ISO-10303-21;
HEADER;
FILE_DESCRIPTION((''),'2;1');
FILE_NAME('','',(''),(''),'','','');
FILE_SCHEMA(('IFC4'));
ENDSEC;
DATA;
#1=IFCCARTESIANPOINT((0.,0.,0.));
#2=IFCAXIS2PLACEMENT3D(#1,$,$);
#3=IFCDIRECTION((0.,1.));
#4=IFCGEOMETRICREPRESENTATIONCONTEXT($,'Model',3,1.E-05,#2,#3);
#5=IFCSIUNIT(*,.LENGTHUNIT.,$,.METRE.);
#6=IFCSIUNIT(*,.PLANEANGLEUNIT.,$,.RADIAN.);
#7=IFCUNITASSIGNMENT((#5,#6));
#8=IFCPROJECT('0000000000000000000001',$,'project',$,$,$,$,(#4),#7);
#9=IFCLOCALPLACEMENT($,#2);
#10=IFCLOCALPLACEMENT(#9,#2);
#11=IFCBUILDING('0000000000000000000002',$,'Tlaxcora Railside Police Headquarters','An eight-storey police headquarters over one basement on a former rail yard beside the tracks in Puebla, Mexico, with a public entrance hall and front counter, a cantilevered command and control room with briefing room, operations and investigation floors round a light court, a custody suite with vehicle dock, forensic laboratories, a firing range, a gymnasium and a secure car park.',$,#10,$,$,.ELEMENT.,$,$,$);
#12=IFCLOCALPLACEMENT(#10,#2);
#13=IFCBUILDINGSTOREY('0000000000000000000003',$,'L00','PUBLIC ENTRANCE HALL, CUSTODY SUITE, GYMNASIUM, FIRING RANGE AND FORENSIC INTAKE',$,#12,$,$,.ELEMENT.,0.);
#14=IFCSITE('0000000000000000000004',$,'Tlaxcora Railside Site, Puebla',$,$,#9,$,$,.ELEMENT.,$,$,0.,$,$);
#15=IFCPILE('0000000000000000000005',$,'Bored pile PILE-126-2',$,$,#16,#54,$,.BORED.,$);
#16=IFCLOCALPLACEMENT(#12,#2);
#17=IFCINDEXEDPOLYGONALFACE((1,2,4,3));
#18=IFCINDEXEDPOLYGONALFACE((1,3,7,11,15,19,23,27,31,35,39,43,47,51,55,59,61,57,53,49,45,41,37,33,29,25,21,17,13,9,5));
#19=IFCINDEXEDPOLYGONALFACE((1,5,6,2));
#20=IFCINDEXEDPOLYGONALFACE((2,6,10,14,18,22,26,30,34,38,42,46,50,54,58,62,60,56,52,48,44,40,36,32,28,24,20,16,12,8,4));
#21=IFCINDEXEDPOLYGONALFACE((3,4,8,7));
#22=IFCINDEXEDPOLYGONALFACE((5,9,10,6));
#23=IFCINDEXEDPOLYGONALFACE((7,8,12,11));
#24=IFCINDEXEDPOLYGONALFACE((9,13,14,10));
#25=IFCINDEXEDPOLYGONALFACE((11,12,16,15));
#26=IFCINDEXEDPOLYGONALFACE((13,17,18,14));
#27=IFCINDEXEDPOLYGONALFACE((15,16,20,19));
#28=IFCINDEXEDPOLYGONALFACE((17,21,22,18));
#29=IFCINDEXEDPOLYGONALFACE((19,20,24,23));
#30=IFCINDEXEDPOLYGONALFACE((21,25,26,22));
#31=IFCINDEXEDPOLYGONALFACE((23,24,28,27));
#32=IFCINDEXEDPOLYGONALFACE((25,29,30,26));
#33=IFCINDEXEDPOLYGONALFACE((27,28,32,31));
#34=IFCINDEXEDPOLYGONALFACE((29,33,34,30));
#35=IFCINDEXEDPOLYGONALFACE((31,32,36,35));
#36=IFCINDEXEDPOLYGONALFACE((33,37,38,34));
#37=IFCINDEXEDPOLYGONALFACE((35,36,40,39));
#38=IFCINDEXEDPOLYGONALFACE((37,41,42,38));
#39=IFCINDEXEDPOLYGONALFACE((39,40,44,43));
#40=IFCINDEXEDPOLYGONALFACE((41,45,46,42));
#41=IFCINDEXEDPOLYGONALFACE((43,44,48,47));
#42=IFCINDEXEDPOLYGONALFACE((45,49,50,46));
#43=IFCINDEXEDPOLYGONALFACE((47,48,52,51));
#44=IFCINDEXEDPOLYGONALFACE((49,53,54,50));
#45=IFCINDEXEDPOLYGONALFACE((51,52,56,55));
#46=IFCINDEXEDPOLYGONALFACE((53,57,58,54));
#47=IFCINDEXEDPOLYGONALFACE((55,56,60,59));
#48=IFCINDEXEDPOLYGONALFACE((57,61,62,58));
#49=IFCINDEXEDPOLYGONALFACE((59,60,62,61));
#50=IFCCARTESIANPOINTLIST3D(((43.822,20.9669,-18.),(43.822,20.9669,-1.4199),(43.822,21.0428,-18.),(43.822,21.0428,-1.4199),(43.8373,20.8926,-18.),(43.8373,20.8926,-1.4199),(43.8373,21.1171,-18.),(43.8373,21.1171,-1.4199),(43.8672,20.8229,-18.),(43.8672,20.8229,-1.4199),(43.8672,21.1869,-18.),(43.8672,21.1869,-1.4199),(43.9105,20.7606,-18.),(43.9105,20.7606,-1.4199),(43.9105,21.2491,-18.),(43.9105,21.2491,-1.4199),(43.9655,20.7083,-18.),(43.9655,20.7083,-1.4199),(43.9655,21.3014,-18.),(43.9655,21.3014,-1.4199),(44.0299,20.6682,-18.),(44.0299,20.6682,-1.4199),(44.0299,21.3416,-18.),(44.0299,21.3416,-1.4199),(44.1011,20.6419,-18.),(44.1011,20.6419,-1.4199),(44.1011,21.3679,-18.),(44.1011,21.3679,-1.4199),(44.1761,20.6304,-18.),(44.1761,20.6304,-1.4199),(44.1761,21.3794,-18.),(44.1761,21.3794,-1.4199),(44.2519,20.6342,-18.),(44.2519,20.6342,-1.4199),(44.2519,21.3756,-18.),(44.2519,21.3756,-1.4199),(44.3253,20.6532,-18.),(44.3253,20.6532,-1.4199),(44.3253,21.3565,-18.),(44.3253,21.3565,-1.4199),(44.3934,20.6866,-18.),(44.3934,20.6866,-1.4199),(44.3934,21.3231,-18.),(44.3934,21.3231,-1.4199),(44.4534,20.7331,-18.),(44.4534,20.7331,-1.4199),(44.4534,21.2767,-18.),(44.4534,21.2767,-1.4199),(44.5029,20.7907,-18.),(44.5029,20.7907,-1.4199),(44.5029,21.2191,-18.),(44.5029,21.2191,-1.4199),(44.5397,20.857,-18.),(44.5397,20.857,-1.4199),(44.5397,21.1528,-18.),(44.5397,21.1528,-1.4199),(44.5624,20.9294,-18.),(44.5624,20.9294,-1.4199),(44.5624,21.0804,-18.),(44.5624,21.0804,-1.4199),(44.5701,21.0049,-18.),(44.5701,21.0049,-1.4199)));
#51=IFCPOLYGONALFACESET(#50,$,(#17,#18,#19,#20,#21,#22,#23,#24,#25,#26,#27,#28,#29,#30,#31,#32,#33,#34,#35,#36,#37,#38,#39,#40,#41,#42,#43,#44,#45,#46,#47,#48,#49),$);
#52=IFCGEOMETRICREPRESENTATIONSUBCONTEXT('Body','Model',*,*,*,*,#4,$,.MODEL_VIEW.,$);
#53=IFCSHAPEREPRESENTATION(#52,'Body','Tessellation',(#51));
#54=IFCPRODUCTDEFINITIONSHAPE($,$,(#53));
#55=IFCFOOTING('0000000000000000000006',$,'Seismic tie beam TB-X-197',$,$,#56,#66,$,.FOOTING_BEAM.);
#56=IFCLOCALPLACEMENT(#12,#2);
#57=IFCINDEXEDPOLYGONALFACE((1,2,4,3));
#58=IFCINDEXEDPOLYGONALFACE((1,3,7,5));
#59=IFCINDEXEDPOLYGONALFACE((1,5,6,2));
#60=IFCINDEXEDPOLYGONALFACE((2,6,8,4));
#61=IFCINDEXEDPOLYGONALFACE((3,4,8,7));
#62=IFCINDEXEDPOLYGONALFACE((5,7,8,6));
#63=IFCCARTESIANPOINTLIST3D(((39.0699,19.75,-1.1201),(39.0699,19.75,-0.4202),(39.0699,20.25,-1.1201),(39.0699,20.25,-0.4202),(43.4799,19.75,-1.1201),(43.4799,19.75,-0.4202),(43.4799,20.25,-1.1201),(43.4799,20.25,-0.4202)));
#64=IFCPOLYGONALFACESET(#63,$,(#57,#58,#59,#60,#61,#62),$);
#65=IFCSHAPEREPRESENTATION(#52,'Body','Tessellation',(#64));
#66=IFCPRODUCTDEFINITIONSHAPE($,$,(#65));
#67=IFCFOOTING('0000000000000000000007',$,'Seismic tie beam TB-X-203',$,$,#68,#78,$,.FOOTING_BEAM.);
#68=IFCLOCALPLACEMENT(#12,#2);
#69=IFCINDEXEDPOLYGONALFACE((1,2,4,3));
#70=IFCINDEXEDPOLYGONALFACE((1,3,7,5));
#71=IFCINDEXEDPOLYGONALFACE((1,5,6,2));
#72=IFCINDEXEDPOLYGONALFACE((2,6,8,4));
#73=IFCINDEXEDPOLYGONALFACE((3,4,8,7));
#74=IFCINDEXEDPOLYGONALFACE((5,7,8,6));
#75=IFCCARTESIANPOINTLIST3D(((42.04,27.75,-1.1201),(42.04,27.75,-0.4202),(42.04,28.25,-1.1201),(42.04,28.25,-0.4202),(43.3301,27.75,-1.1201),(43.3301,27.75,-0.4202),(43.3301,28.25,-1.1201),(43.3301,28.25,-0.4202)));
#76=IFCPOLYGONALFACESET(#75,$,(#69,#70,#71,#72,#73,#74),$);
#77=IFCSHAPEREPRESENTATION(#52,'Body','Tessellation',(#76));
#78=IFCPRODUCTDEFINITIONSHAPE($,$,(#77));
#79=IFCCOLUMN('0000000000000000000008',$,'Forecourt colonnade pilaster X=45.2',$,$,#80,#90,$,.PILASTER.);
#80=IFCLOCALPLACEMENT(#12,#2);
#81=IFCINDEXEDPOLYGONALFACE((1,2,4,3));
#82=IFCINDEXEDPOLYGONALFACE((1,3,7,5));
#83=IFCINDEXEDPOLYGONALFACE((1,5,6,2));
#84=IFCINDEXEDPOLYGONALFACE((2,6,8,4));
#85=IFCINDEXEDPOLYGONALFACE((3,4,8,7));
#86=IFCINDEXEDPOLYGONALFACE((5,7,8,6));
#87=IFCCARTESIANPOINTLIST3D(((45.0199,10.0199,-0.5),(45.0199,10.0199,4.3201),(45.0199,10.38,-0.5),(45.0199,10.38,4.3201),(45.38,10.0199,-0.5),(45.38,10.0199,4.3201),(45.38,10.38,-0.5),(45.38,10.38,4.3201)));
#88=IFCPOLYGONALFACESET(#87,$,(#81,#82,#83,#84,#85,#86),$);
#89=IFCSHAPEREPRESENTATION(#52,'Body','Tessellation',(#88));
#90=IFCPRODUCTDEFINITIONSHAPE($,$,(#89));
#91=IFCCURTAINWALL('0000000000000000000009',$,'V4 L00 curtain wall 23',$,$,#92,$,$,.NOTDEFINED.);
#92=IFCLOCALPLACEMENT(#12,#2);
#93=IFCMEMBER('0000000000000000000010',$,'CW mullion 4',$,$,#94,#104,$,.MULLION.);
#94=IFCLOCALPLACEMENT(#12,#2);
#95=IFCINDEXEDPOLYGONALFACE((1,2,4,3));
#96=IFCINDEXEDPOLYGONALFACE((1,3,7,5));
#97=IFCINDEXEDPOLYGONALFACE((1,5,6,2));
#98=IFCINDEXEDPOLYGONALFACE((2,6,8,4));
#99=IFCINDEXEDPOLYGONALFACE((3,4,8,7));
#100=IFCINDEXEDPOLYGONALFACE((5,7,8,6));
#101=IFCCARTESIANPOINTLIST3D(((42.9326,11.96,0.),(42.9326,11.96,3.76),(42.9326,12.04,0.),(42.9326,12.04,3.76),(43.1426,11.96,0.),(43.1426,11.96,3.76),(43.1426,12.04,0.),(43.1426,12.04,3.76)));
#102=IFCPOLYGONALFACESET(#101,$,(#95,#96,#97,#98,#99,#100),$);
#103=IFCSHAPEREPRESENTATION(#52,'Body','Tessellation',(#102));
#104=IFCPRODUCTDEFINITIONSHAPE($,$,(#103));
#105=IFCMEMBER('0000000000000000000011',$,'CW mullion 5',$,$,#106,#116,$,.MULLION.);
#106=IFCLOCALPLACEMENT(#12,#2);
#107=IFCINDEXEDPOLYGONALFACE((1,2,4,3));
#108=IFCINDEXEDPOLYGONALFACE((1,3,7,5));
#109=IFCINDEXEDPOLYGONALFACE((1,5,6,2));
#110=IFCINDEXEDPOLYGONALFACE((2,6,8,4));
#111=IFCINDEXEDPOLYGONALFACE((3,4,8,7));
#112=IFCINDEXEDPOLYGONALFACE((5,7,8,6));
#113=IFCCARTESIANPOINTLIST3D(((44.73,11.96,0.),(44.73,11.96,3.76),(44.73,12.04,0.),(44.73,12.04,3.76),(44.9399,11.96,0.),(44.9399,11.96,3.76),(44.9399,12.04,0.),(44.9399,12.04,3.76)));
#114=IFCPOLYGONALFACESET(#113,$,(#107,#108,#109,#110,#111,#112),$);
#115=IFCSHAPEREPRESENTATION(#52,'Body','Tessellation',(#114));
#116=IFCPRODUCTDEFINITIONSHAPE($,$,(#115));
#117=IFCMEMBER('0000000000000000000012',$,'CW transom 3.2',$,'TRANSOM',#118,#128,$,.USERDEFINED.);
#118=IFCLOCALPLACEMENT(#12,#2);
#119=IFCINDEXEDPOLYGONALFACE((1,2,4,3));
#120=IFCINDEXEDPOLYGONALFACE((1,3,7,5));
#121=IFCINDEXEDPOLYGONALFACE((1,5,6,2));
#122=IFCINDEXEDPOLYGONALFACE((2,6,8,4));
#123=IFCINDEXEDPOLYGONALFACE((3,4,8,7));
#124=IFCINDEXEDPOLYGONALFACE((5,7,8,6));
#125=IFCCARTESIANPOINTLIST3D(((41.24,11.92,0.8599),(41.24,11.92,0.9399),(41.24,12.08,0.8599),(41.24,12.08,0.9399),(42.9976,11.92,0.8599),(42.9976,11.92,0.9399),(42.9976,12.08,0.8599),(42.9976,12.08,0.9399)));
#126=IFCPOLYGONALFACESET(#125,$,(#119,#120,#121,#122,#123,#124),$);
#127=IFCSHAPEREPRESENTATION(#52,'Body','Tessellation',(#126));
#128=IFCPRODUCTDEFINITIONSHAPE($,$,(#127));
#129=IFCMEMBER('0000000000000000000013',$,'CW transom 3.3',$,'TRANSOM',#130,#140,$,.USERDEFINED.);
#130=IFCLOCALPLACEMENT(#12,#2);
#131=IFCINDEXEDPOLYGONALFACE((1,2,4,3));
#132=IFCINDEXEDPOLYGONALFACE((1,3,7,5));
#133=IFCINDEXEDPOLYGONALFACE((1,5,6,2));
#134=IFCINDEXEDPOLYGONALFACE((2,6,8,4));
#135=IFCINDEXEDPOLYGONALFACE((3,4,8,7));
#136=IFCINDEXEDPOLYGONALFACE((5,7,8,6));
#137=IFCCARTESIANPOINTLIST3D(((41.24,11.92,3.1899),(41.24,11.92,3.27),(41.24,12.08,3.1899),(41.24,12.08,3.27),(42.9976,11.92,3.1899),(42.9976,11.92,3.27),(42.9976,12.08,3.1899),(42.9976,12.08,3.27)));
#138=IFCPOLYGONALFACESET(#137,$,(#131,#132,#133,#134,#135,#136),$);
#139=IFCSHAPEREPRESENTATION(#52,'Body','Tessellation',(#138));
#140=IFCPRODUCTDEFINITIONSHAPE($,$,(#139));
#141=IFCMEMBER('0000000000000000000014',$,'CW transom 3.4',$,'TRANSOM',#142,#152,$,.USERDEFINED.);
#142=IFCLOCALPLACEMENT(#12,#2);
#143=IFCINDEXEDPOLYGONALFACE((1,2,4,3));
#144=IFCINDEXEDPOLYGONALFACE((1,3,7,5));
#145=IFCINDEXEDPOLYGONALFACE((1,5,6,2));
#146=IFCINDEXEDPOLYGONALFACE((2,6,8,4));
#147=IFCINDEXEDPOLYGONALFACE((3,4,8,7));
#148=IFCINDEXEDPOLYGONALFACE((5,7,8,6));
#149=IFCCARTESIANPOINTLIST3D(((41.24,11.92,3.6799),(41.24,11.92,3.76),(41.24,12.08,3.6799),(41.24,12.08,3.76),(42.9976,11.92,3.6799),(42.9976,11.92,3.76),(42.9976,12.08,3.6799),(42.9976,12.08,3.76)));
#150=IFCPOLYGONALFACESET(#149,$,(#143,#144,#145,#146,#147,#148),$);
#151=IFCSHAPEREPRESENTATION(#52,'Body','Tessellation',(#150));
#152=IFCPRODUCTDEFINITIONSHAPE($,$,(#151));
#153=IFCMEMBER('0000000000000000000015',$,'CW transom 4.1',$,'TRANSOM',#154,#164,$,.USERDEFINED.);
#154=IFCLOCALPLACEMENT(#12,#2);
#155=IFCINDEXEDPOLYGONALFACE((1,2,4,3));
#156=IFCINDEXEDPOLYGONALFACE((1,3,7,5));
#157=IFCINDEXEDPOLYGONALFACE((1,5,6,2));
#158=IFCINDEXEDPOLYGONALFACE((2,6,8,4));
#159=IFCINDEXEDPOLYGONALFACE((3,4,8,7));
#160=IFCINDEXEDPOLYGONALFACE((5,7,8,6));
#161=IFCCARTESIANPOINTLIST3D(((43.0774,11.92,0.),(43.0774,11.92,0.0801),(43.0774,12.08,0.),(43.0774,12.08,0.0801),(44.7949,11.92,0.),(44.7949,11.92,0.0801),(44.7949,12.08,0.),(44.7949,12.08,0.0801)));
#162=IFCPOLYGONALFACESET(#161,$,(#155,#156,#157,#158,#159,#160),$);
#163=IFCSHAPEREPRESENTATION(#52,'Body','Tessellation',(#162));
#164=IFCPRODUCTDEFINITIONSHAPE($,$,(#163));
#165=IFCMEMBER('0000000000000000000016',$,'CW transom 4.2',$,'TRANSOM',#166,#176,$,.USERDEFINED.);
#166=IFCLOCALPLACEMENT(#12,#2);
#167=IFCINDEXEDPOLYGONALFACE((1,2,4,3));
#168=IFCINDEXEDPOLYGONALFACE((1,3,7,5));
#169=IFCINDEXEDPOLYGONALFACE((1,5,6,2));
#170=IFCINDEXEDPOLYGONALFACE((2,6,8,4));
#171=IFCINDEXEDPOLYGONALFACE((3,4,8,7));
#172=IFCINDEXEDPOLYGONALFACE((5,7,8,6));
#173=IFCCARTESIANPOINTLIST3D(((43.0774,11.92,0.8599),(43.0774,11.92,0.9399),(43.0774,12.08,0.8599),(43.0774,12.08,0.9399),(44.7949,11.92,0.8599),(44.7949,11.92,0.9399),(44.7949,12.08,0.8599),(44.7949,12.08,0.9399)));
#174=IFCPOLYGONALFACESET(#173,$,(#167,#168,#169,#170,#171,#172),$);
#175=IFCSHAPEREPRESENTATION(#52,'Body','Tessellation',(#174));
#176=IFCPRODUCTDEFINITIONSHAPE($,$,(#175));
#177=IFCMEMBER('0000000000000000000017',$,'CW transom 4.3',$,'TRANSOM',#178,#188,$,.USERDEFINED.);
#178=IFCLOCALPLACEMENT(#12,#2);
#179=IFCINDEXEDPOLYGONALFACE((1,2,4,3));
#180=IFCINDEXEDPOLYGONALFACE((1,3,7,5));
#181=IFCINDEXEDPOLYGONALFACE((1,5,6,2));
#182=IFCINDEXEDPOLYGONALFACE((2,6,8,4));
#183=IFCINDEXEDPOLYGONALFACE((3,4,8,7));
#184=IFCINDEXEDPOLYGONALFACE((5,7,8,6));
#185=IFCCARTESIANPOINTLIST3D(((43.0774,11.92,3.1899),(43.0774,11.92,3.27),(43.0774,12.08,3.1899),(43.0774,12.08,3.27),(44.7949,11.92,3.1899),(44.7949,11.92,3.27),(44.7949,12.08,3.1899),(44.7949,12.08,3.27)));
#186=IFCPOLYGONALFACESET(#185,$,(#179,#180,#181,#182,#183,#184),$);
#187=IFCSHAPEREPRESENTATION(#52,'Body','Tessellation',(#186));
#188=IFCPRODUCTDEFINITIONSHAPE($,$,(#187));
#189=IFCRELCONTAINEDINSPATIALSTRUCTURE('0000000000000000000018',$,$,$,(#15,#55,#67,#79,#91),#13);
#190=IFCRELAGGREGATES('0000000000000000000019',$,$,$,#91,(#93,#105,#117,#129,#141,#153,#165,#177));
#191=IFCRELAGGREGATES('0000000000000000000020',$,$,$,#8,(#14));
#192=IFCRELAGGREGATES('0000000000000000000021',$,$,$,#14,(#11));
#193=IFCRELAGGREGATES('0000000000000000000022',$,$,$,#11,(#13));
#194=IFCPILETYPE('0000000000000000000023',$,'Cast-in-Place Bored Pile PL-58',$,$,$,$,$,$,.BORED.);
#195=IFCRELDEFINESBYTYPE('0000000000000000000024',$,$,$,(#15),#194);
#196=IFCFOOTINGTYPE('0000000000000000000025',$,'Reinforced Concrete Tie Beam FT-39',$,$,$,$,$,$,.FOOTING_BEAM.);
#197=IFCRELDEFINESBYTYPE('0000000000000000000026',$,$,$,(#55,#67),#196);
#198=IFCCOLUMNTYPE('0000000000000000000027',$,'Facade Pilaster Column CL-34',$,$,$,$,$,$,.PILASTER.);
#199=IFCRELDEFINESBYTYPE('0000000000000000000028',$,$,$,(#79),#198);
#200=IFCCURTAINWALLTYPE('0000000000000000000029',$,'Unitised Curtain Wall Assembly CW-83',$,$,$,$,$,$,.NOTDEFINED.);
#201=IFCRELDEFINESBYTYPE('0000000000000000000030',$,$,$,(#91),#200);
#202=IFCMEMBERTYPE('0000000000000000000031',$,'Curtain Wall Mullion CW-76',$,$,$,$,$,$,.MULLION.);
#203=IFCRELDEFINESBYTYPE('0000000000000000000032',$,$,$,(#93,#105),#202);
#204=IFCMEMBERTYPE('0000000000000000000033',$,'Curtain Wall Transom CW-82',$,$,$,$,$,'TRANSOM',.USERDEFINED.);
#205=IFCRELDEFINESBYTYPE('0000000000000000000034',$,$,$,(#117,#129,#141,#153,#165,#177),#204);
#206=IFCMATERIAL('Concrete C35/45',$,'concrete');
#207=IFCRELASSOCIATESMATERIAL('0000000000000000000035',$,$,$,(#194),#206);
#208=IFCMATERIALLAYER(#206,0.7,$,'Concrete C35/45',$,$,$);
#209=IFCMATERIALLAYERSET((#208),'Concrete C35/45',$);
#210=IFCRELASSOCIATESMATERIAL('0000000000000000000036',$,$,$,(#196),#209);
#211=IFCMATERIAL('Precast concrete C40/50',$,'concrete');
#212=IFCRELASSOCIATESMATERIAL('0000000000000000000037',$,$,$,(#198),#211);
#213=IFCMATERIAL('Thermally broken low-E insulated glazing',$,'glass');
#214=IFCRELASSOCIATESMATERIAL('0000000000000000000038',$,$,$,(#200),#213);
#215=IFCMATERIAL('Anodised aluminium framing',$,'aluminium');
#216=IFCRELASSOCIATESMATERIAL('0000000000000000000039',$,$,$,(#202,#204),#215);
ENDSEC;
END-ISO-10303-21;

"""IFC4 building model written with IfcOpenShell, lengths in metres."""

from ifc_helpers import new_model, si_unit, direction, frame, origin, origin_2d, place, context, subcontext, project, spatial, rectangle, circle, extrude, material, layer, layer_set, material_profile, profile_set, type_object, element, aggregate, save


model = new_model("IFC4")

# Units and contexts
model_context = context("Model", 3, precision=1e-05, world=origin(), true_north=direction((0.0, 1.0)))
body_context = subcontext(model_context, "Body", "Model", "MODEL_VIEW")
ifc_project = project(units=[si_unit("LENGTHUNIT", "METRE"), si_unit("PLANEANGLEUNIT", "RADIAN")], contexts=[model_context])

# Site, building, storey
site_placement = place(None, origin())
site = spatial("IfcSite", under=ifc_project, at=site_placement, Name="Tlaxcora Railside Site, Puebla", CompositionType="ELEMENT", RefElevation=0.0)
building_placement = place(site_placement, origin())
building = spatial("IfcBuilding", under=site, at=building_placement, Name="Tlaxcora Railside Police Headquarters", Description="An eight-storey police headquarters over one basement on a former rail yard beside the tracks in Puebla, Mexico, with a public entrance hall and front counter, a cantilevered command and control room with briefing room, operations and investigation floors round a light court, a custody suite with vehicle dock, forensic laboratories, a firing range, a gymnasium and a secure car park.", CompositionType="ELEMENT")
storey_placement = place(building_placement, origin())
storey = spatial("IfcBuildingStorey", under=building, at=storey_placement, Name="L00", Description="PUBLIC ENTRANCE HALL, CUSTODY SUITE, GYMNASIUM, FIRING RANGE AND FORENSIC INTAKE", CompositionType="ELEMENT", Elevation=0.0)

# Pile
ifc_material_1 = material(Name="Concrete C35/45", Category="concrete")
ifc_material_profile_1 = material_profile(ifc_material_1, circle(Radius=0.375, at=origin_2d()), Name="PILE750")
ifc_profile_set_1 = profile_set([ifc_material_profile_1], Name="Concrete C35/45")
pile_type_1 = type_object("IfcPileType", Name="Cast-in-Place Bored Pile PL-58", PredefinedType="BORED", material=ifc_profile_set_1)
for number, where, z_axis, x_axis, name in (
    (1, (44.1951, 21.0049, -1.4199), (0.0, 0.0, -1.0), (1.0, 0.0, 0.0), "Bored pile PILE-126-2"),
):
    element("IfcPile", number, at=place(storey_placement, frame(where, z_axis=z_axis, x_axis=x_axis)), inside=storey, type_object=pile_type_1, Name=name, PredefinedType="BORED", context=body_context, shape_type="SweptSolid", body=[
        extrude(circle(Radius=0.375, at=origin_2d()), origin(), (0.0, 0.0, 1.0), 16.5801),
    ])

# Footings
ifc_layer_1 = layer(ifc_material_1, 0.7, Name="Concrete C35/45")
ifc_layer_set_1 = layer_set([ifc_layer_1], Name="Concrete C35/45")
footing_type = type_object("IfcFootingType", Name="Reinforced Concrete Tie Beam FT-39", PredefinedType="FOOTING_BEAM", material=ifc_layer_set_1)
footing_1_placement = place(storey_placement, frame((41.2749, 20.0, -1.1201), z_axis=(0.0, 0.0, 1.0), x_axis=(1.0, 0.0, 0.0)))
element("IfcFooting", 2, at=footing_1_placement, inside=storey, type_object=footing_type, Name="Seismic tie beam TB-X-197", PredefinedType="FOOTING_BEAM", context=body_context, shape_type="SweptSolid", body=[
    extrude(rectangle(XDim=4.4099, YDim=0.5, at=origin_2d()), origin(), (0.0, 0.0, 1.0), 0.7),
])
footing_2_placement = place(storey_placement, frame((42.6851, 28.0, -1.1201), z_axis=(0.0, 0.0, 1.0), x_axis=(1.0, 0.0, 0.0)))
element("IfcFooting", 3, at=footing_2_placement, inside=storey, type_object=footing_type, Name="Seismic tie beam TB-X-203", PredefinedType="FOOTING_BEAM", context=body_context, shape_type="SweptSolid", body=[
    extrude(rectangle(XDim=1.29, YDim=0.5, at=origin_2d()), origin(), (0.0, 0.0, 1.0), 0.7),
])

# Column
ifc_material_2 = material(Name="Precast concrete C40/50", Category="concrete")
ifc_material_profile_2 = material_profile(ifc_material_2, rectangle(XDim=0.3601, YDim=0.3601, at=origin_2d()), Name="RC360X360")
ifc_profile_set_2 = profile_set([ifc_material_profile_2], Name="Precast concrete C40/50")
column_type = type_object("IfcColumnType", Name="Facade Pilaster Column CL-34", PredefinedType="PILASTER", material=ifc_profile_set_2)
column_placement = place(storey_placement, frame((45.2, 10.2, -0.5), z_axis=(0.0, 0.0, 1.0), x_axis=(1.0, 0.0, 0.0)))
element("IfcColumn", 4, at=column_placement, inside=storey, type_object=column_type, Name="Forecourt colonnade pilaster X=45.2", PredefinedType="PILASTER", context=body_context, shape_type="SweptSolid", body=[
    extrude(rectangle(XDim=0.3601, YDim=0.3601, at=origin_2d()), origin(), (0.0, 0.0, 1.0), 4.8201),
])

# Curtain wall, members
ifc_material_3 = material(Name="Thermally broken low-E insulated glazing", Category="glass")
curtain_wall_type = type_object("IfcCurtainWallType", Name="Unitised Curtain Wall Assembly CW-83", PredefinedType="NOTDEFINED", material=ifc_material_3)
curtain_wall_placement = place(storey_placement, origin())
curtain_wall = element("IfcCurtainWall", 5, at=curtain_wall_placement, inside=storey, type_object=curtain_wall_type, Name="V4 L00 curtain wall 23", PredefinedType="NOTDEFINED")
ifc_material_4 = material(Name="Anodised aluminium framing", Category="aluminium")
ifc_material_profile_3 = material_profile(ifc_material_4, rectangle(XDim=0.0801, YDim=0.21, at=origin_2d()), Name="AL80X210")
ifc_profile_set_3 = profile_set([ifc_material_profile_3], Name="Anodised aluminium framing")
member_type_1 = type_object("IfcMemberType", Name="Curtain Wall Mullion CW-76", PredefinedType="MULLION", material=ifc_profile_set_3)
member_1_placement = place(storey_placement, frame((43.0376, 12.0, 0.0), z_axis=(0.0, 0.0, 1.0), x_axis=(0.0, 1.0, 0.0)))
member_1 = element("IfcMember", 6, at=member_1_placement, type_object=member_type_1, Name="CW mullion 4", PredefinedType="MULLION", context=body_context, shape_type="SweptSolid", body=[
    extrude(rectangle(XDim=0.0801, YDim=0.21, at=origin_2d()), origin(), (0.0, 0.0, 1.0), 3.76),
])
member_2_placement = place(storey_placement, frame((44.835, 12.0, 0.0), z_axis=(0.0, 0.0, 1.0), x_axis=(0.0, 1.0, 0.0)))
member_2 = element("IfcMember", 7, at=member_2_placement, type_object=member_type_1, Name="CW mullion 5", PredefinedType="MULLION", context=body_context, shape_type="SweptSolid", body=[
    extrude(rectangle(XDim=0.0801, YDim=0.21, at=origin_2d()), origin(), (0.0, 0.0, 1.0), 3.76),
])
ifc_material_profile_4 = material_profile(ifc_material_4, rectangle(XDim=0.1599, YDim=0.0801, at=origin_2d()), Name="AL80X160")
ifc_profile_set_4 = profile_set([ifc_material_profile_4], Name="Anodised aluminium framing")
member_type_2 = type_object("IfcMemberType", Name="Curtain Wall Transom CW-82", ElementType="TRANSOM", PredefinedType="USERDEFINED", material=ifc_profile_set_4)
member_3_placement = place(storey_placement, frame((41.24, 12.0, 0.8999), z_axis=(1.0, 0.0, 0.0), x_axis=(0.0, 1.0, 0.0)))
member_3 = element("IfcMember", 8, at=member_3_placement, type_object=member_type_2, Name="CW transom 3.2", ObjectType="TRANSOM", PredefinedType="USERDEFINED", context=body_context, shape_type="SweptSolid", body=[
    extrude(rectangle(XDim=0.1599, YDim=0.0801, at=origin_2d()), origin(), (0.0, 0.0, 1.0), 1.7576),
])
member_4_placement = place(storey_placement, frame((41.24, 12.0, 3.23), z_axis=(1.0, 0.0, 0.0), x_axis=(0.0, 1.0, 0.0)))
member_4 = element("IfcMember", 9, at=member_4_placement, type_object=member_type_2, Name="CW transom 3.3", ObjectType="TRANSOM", PredefinedType="USERDEFINED", context=body_context, shape_type="SweptSolid", body=[
    extrude(rectangle(XDim=0.1599, YDim=0.0801, at=origin_2d()), origin(), (0.0, 0.0, 1.0), 1.7576),
])
member_5_placement = place(storey_placement, frame((41.24, 12.0, 3.72), z_axis=(1.0, 0.0, 0.0), x_axis=(0.0, 1.0, 0.0)))
member_5 = element("IfcMember", 10, at=member_5_placement, type_object=member_type_2, Name="CW transom 3.4", ObjectType="TRANSOM", PredefinedType="USERDEFINED", context=body_context, shape_type="SweptSolid", body=[
    extrude(rectangle(XDim=0.1599, YDim=0.0801, at=origin_2d()), origin(), (0.0, 0.0, 1.0), 1.7576),
])
member_6_placement = place(storey_placement, frame((43.0774, 12.0, 0.04), z_axis=(1.0, 0.0, 0.0), x_axis=(0.0, 1.0, 0.0)))
member_6 = element("IfcMember", 11, at=member_6_placement, type_object=member_type_2, Name="CW transom 4.1", ObjectType="TRANSOM", PredefinedType="USERDEFINED", context=body_context, shape_type="SweptSolid", body=[
    extrude(rectangle(XDim=0.1599, YDim=0.0801, at=origin_2d()), origin(), (0.0, 0.0, 1.0), 1.7175),
])
member_7_placement = place(storey_placement, frame((43.0774, 12.0, 0.8999), z_axis=(1.0, 0.0, 0.0), x_axis=(0.0, 1.0, 0.0)))
member_7 = element("IfcMember", 12, at=member_7_placement, type_object=member_type_2, Name="CW transom 4.2", ObjectType="TRANSOM", PredefinedType="USERDEFINED", context=body_context, shape_type="SweptSolid", body=[
    extrude(rectangle(XDim=0.1599, YDim=0.0801, at=origin_2d()), origin(), (0.0, 0.0, 1.0), 1.7175),
])
member_8_placement = place(storey_placement, frame((43.0774, 12.0, 3.23), z_axis=(1.0, 0.0, 0.0), x_axis=(0.0, 1.0, 0.0)))
member_8 = element("IfcMember", 13, at=member_8_placement, type_object=member_type_2, Name="CW transom 4.3", ObjectType="TRANSOM", PredefinedType="USERDEFINED", context=body_context, shape_type="SweptSolid", body=[
    extrude(rectangle(XDim=0.1599, YDim=0.0801, at=origin_2d()), origin(), (0.0, 0.0, 1.0), 1.7175),
])

aggregate(curtain_wall, [member_1, member_2, member_3, member_4, member_5, member_6, member_7, member_8])

save(model, "model.ifc")
